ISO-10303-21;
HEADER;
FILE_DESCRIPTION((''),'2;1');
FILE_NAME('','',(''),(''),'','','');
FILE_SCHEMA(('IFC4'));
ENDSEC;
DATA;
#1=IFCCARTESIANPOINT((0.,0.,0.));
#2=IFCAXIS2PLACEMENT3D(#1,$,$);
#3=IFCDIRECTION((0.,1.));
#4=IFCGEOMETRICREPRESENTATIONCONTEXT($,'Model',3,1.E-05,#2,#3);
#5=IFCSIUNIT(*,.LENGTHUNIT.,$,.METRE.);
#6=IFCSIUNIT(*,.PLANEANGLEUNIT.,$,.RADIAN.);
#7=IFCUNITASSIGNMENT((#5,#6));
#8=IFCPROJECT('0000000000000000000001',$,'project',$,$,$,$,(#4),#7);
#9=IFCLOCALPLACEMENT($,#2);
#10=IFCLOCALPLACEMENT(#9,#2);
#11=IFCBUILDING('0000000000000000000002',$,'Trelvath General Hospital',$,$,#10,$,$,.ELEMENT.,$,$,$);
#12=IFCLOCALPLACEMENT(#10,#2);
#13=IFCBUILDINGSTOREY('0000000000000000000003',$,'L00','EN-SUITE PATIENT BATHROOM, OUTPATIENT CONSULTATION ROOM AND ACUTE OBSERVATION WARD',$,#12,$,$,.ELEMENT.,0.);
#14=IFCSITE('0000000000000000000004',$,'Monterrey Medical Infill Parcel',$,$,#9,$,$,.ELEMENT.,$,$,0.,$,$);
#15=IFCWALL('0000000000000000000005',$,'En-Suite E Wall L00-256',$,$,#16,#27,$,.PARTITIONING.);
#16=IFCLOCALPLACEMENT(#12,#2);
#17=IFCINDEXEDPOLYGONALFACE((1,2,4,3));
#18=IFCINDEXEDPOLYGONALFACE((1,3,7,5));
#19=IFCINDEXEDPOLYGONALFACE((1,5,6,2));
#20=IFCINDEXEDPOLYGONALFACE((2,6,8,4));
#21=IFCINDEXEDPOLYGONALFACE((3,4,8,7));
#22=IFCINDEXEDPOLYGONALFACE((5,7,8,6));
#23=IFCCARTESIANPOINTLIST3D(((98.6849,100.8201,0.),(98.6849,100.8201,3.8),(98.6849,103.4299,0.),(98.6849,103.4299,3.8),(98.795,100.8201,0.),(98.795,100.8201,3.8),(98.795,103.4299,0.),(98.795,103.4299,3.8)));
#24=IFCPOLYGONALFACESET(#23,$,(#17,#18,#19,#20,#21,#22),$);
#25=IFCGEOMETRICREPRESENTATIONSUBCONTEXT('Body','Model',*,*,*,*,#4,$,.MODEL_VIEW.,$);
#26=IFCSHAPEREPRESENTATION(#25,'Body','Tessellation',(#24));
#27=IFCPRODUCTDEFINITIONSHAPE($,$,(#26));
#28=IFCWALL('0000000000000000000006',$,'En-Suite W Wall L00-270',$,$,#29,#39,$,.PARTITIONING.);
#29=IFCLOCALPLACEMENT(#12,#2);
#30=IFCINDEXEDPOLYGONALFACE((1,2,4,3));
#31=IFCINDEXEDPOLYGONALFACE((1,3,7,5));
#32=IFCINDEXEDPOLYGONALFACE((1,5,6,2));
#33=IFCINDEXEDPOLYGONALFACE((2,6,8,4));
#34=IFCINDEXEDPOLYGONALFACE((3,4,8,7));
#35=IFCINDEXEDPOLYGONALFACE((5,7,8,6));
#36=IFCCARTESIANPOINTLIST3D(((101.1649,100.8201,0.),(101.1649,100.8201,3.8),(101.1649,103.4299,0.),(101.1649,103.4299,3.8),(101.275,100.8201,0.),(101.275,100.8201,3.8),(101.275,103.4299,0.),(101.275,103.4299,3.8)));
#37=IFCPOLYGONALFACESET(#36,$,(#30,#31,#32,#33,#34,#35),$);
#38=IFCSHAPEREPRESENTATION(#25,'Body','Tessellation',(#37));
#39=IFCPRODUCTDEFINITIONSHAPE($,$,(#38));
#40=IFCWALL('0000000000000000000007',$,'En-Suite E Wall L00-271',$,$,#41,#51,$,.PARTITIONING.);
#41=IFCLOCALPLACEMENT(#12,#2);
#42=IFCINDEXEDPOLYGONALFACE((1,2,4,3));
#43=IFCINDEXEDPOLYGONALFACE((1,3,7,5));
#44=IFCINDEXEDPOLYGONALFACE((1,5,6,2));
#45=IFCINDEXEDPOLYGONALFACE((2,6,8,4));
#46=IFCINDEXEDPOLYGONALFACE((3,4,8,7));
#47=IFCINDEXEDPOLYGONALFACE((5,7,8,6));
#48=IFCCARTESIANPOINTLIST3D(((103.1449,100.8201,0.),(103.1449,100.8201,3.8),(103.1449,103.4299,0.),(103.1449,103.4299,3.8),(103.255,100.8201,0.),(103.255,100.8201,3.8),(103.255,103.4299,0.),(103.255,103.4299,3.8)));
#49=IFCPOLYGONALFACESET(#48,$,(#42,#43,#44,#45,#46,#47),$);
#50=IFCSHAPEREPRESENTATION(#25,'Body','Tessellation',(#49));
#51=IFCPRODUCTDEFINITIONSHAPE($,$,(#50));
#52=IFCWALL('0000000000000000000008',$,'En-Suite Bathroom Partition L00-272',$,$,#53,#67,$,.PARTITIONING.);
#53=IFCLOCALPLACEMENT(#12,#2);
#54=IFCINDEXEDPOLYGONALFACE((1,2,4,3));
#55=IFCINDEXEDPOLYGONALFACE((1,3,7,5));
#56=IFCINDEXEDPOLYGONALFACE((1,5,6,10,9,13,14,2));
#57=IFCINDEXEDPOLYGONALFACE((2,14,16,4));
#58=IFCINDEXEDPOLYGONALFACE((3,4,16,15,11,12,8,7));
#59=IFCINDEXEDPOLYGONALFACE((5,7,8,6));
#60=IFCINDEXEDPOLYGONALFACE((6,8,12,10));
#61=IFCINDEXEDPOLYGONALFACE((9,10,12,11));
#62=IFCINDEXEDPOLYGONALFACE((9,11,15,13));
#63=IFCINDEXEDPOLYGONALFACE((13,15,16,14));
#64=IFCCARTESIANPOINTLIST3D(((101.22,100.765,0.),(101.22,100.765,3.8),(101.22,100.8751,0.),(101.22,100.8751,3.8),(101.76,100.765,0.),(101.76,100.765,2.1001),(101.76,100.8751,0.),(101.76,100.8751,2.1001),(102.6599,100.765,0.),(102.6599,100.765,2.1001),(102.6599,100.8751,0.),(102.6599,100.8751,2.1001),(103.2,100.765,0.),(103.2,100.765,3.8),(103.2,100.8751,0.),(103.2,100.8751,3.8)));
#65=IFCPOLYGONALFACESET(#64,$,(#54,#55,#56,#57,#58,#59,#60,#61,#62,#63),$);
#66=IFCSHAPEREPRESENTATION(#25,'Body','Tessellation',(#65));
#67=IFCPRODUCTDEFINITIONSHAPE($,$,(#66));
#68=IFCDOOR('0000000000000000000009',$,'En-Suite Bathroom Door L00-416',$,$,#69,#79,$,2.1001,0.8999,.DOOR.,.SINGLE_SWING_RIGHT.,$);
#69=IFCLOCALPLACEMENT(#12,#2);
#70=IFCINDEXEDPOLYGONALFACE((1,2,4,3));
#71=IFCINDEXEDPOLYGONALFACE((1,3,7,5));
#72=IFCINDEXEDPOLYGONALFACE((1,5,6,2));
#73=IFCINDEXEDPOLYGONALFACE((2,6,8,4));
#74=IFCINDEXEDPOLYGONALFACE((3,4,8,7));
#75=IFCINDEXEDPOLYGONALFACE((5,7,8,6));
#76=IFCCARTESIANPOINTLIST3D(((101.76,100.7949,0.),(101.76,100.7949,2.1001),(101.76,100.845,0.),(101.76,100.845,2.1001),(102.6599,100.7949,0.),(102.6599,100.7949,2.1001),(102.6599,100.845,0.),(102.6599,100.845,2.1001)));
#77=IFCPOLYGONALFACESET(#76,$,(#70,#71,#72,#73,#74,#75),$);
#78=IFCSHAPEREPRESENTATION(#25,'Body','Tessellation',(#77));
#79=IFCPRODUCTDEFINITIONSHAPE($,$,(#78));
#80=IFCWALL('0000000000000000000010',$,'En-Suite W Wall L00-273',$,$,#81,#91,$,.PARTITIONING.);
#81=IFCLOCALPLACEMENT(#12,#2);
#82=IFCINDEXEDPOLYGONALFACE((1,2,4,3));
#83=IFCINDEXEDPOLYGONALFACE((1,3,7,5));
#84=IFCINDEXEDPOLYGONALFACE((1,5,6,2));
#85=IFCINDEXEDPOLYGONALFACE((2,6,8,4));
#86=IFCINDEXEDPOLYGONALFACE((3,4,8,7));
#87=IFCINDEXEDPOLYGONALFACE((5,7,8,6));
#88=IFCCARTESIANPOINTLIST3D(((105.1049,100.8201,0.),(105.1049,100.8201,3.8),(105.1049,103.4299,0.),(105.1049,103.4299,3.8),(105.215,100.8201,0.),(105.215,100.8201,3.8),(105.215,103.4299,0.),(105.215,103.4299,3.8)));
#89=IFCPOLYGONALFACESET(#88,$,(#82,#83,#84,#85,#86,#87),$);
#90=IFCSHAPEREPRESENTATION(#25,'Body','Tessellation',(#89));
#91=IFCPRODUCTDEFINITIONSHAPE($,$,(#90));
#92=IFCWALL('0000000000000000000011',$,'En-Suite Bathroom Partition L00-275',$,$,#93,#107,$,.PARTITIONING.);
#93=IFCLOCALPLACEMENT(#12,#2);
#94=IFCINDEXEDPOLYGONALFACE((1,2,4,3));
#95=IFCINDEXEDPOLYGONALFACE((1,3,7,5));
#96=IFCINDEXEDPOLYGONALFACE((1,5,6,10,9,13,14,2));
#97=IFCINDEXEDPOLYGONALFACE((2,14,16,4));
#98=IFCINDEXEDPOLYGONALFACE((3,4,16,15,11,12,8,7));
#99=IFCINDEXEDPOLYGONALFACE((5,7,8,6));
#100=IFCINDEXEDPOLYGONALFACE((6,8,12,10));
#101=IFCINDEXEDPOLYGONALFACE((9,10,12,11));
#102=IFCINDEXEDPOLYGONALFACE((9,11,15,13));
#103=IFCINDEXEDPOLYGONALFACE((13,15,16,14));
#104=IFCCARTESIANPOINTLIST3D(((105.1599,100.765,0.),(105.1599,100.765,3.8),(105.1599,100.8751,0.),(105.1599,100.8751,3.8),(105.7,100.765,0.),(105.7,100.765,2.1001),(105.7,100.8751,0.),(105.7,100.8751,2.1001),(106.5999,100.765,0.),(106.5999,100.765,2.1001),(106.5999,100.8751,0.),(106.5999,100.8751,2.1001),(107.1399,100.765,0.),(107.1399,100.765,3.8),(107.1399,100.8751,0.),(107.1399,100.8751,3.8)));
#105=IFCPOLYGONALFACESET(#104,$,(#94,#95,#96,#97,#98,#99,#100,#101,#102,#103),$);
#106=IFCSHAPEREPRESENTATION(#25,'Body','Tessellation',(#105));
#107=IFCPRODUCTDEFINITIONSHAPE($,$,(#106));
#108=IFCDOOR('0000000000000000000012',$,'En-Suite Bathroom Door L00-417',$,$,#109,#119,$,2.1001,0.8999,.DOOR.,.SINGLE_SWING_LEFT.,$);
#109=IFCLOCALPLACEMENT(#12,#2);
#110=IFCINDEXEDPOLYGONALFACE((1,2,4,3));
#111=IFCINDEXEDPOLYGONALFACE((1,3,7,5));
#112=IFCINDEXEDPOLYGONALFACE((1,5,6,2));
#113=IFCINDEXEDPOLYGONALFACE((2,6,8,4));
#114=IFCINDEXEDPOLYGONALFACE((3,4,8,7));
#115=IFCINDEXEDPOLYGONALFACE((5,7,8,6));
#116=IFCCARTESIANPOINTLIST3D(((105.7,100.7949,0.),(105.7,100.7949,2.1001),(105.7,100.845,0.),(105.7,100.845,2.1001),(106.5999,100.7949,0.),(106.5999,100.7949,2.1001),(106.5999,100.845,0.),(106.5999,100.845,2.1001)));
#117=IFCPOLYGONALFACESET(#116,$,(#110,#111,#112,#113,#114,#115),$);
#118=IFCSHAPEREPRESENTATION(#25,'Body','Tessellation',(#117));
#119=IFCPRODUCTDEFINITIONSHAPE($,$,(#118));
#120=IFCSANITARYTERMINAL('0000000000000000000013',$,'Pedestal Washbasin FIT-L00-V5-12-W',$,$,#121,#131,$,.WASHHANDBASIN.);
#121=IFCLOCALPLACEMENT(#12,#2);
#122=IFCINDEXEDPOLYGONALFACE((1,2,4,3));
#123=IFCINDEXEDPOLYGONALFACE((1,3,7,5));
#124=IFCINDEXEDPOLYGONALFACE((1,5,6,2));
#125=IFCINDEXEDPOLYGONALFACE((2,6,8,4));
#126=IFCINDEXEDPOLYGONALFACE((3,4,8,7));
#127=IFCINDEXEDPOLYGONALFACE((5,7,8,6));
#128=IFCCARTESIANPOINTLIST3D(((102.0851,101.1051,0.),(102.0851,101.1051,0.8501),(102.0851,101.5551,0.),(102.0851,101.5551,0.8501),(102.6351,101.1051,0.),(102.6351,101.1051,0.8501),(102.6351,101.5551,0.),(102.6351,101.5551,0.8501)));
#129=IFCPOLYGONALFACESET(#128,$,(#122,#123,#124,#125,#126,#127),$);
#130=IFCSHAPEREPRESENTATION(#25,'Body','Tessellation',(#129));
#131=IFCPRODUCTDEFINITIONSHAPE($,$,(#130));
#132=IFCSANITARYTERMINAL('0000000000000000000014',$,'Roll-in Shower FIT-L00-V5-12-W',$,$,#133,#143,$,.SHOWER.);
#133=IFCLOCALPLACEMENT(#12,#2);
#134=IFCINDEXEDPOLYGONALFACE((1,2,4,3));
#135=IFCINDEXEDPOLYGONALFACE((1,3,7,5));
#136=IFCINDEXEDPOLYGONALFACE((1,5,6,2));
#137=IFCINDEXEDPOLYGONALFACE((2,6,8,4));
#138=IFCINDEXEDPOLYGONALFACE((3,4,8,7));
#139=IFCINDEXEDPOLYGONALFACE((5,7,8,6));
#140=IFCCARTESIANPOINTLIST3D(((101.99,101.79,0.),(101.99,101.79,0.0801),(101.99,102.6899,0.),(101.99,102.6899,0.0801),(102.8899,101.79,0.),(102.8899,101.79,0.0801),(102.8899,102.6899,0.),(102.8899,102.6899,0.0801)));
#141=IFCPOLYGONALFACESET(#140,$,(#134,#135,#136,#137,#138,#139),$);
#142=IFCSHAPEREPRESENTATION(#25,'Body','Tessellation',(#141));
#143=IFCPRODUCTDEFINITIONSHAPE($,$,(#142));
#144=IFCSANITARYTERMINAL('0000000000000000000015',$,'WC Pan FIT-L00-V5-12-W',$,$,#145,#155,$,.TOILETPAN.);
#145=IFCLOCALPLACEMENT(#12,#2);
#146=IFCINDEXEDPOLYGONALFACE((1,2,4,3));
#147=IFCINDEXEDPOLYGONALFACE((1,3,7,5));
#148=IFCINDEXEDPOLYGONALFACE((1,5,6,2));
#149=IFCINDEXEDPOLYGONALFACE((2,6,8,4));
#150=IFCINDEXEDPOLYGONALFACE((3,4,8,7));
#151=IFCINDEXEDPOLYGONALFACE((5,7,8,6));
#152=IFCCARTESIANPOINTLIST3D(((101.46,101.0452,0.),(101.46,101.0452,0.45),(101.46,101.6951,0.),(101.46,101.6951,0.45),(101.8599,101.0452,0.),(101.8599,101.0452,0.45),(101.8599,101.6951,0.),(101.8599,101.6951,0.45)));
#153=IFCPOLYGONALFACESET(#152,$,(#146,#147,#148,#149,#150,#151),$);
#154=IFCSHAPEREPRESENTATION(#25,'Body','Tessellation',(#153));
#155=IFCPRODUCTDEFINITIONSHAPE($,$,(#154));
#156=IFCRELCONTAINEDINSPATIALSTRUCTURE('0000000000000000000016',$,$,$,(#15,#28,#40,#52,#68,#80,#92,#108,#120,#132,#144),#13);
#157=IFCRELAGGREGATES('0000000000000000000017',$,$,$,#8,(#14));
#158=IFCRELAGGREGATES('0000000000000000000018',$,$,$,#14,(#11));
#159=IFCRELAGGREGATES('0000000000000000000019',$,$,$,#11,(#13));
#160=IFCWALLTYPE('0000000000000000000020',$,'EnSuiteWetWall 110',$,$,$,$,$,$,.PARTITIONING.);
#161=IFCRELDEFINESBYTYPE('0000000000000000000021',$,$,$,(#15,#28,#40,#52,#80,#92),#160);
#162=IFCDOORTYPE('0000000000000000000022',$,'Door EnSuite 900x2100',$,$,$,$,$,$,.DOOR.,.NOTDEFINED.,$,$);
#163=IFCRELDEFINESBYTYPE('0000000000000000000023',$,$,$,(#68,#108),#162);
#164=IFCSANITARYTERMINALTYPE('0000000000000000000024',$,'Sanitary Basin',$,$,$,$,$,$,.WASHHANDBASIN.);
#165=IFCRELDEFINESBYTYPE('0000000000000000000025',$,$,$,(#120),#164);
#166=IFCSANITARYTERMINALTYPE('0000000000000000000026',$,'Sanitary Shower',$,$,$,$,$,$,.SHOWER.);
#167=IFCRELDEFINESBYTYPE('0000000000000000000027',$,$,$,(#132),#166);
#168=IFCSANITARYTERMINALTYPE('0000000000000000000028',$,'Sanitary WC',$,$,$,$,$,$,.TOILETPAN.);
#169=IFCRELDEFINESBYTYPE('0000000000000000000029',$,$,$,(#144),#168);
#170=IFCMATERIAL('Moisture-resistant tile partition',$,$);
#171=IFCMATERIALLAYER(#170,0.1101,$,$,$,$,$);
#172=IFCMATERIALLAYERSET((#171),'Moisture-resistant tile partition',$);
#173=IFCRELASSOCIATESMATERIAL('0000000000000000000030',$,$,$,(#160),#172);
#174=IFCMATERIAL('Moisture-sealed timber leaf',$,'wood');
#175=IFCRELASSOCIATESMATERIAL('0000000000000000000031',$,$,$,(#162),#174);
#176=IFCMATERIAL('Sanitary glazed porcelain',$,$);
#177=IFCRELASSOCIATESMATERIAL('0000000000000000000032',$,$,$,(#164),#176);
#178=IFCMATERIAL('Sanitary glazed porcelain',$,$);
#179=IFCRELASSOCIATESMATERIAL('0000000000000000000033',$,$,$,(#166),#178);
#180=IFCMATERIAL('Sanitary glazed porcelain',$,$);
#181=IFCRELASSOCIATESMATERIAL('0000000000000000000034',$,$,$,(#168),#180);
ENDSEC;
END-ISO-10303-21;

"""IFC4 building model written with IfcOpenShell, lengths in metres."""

from ifc_helpers import new_model, si_unit, direction, frame, frame_2d, origin, origin_2d, place, context, subcontext, project, spatial, rectangle, extrude, material, layer, layer_set, type_object, element, fill, save


model = new_model("IFC4")

# Units and contexts
model_context = context("Model", 3, precision=1e-05, world=origin(), true_north=direction((0.0, 1.0)))
body_context = subcontext(model_context, "Body", "Model", "MODEL_VIEW")
ifc_project = project(units=[si_unit("LENGTHUNIT", "METRE"), si_unit("PLANEANGLEUNIT", "RADIAN")], contexts=[model_context])

# Site, building, storey
site_placement = place(None, origin())
site = spatial("IfcSite", under=ifc_project, at=site_placement, Name="Monterrey Medical Infill Parcel", CompositionType="ELEMENT", RefElevation=0.0)
building_placement = place(site_placement, origin())
building = spatial("IfcBuilding", under=site, at=building_placement, Name="Trelvath General Hospital", CompositionType="ELEMENT")
storey_placement = place(building_placement, origin())
storey = spatial("IfcBuildingStorey", under=building, at=storey_placement, Name="L00", Description="EN-SUITE PATIENT BATHROOM, OUTPATIENT CONSULTATION ROOM AND ACUTE OBSERVATION WARD", CompositionType="ELEMENT", Elevation=0.0)

# Walls
ifc_material_1 = material(Name="Moisture-resistant tile partition")
ifc_layer_1 = layer(ifc_material_1, 0.1101)
ifc_layer_set_1 = layer_set([ifc_layer_1], Name="Moisture-resistant tile partition")
wall_type = type_object("IfcWallType", Name="EnSuiteWetWall 110", PredefinedType="PARTITIONING", material=ifc_layer_set_1)
for number, where, z_axis, x_axis, name in (
    (1, (98.74, 100.8201, 0.0), (0.0, 0.0, 1.0), (0.0, 1.0, 0.0), "En-Suite E Wall L00-256"),
    (2, (101.22, 100.8201, 0.0), (0.0, 0.0, 1.0), (0.0, 1.0, 0.0), "En-Suite W Wall L00-270"),
    (3, (103.2, 100.8201, 0.0), (0.0, 0.0, 1.0), (0.0, 1.0, 0.0), "En-Suite E Wall L00-271"),
):
    element("IfcWall", number, at=place(storey_placement, frame(where, z_axis=z_axis, x_axis=x_axis)), inside=storey, type_object=wall_type, Name=name, PredefinedType="PARTITIONING", context=body_context, shape_type="SweptSolid", body=[
        extrude(rectangle(XDim=2.6099, YDim=0.1101, at=frame_2d((1.3049, 0.0))), origin(), (0.0, 0.0, 1.0), 3.8),
    ])

# Wall, opening, door
wall_1_placement = place(storey_placement, frame((101.22, 100.8201, 0.0), z_axis=(0.0, 0.0, 1.0), x_axis=(1.0, 0.0, 0.0)))
wall_1 = element("IfcWall", 4, at=wall_1_placement, inside=storey, type_object=wall_type, Name="En-Suite Bathroom Partition L00-272", PredefinedType="PARTITIONING", context=body_context, shape_type="SweptSolid", body=[
    extrude(rectangle(XDim=1.98, YDim=0.1101, at=frame_2d((0.99, 0.0))), origin(), (0.0, 0.0, 1.0), 3.8),
])
opening_1_placement = place(wall_1_placement, frame((0.54, 0.0, 0.0)))
opening_1 = element("IfcOpeningElement", 5, at=opening_1_placement, cuts=wall_1, PredefinedType="OPENING", context=body_context, shape_type="SweptSolid", body=[
    extrude(rectangle(XDim=0.8999, YDim=2.1001, at=frame_2d((0.45, 1.05))), frame((0.0, 0.0649, 0.0), z_axis=(0.0, -1.0, 0.0), x_axis=(1.0, 0.0, 0.0)), (0.0, 0.0, 1.0), 0.1301),
])
ifc_material_2 = material(Name="Moisture-sealed timber leaf", Category="wood")
door_type = type_object("IfcDoorType", Name="Door EnSuite 900x2100", OperationType="NOTDEFINED", PredefinedType="DOOR", material=ifc_material_2)
door_1_placement = place(opening_1_placement, origin())
door_1 = element("IfcDoor", 6, at=door_1_placement, inside=storey, type_object=door_type, Name="En-Suite Bathroom Door L00-416", OperationType="SINGLE_SWING_RIGHT", OverallHeight=2.1001, OverallWidth=0.8999, PredefinedType="DOOR", context=body_context, shape_type="SweptSolid", body=[
    extrude(rectangle(XDim=0.8999, YDim=2.1001, at=frame_2d((0.45, 1.05))), frame((0.0, 0.0249, 0.0), z_axis=(0.0, -1.0, 0.0), x_axis=(1.0, 0.0, 0.0)), (0.0, 0.0, 1.0), 0.05),
])
fill(opening_1, door_1)

# Wall
wall_2_placement = place(storey_placement, frame((105.1599, 100.8201, 0.0), z_axis=(0.0, 0.0, 1.0), x_axis=(0.0, 1.0, 0.0)))
element("IfcWall", 7, at=wall_2_placement, inside=storey, type_object=wall_type, Name="En-Suite W Wall L00-273", PredefinedType="PARTITIONING", context=body_context, shape_type="SweptSolid", body=[
    extrude(rectangle(XDim=2.6099, YDim=0.1101, at=frame_2d((1.3049, 0.0))), origin(), (0.0, 0.0, 1.0), 3.8),
])

# Wall, opening, door
wall_3_placement = place(storey_placement, frame((105.1599, 100.8201, 0.0), z_axis=(0.0, 0.0, 1.0), x_axis=(1.0, 0.0, 0.0)))
wall_3 = element("IfcWall", 8, at=wall_3_placement, inside=storey, type_object=wall_type, Name="En-Suite Bathroom Partition L00-275", PredefinedType="PARTITIONING", context=body_context, shape_type="SweptSolid", body=[
    extrude(rectangle(XDim=1.98, YDim=0.1101, at=frame_2d((0.99, 0.0))), origin(), (0.0, 0.0, 1.0), 3.8),
])
opening_2_placement = place(wall_3_placement, frame((0.54, 0.0, 0.0)))
opening_2 = element("IfcOpeningElement", 9, at=opening_2_placement, cuts=wall_3, PredefinedType="OPENING", context=body_context, shape_type="SweptSolid", body=[
    extrude(rectangle(XDim=0.8999, YDim=2.1001, at=frame_2d((0.45, 1.05))), frame((0.0, 0.0649, 0.0), z_axis=(0.0, -1.0, 0.0), x_axis=(1.0, 0.0, 0.0)), (0.0, 0.0, 1.0), 0.1301),
])
door_2_placement = place(opening_2_placement, origin())
door_2 = element("IfcDoor", 10, at=door_2_placement, inside=storey, type_object=door_type, Name="En-Suite Bathroom Door L00-417", OperationType="SINGLE_SWING_LEFT", OverallHeight=2.1001, OverallWidth=0.8999, PredefinedType="DOOR", context=body_context, shape_type="SweptSolid", body=[
    extrude(rectangle(XDim=0.8999, YDim=2.1001, at=frame_2d((0.45, 1.05))), frame((0.0, 0.0249, 0.0), z_axis=(0.0, -1.0, 0.0), x_axis=(1.0, 0.0, 0.0)), (0.0, 0.0, 1.0), 0.05),
])
fill(opening_2, door_2)

# Sanitary terminals
ifc_material_3 = material(Name="Sanitary glazed porcelain")
sanitary_terminal_type_1 = type_object("IfcSanitaryTerminalType", Name="Sanitary Basin", PredefinedType="WASHHANDBASIN", material=ifc_material_3)
sanitary_terminal_1_placement = place(storey_placement, frame((102.3601, 101.3301, 0.0), z_axis=(0.0, 0.0, 1.0), x_axis=(1.0, 0.0, 0.0)))
element("IfcSanitaryTerminal", 11, at=sanitary_terminal_1_placement, inside=storey, type_object=sanitary_terminal_type_1, Name="Pedestal Washbasin FIT-L00-V5-12-W", PredefinedType="WASHHANDBASIN", context=body_context, shape_type="SweptSolid", body=[
    extrude(rectangle(XDim=0.55, YDim=0.45, at=origin_2d()), origin(), (0.0, 0.0, 1.0), 0.8501),
])
ifc_material_4 = material(Name="Sanitary glazed porcelain")
sanitary_terminal_type_2 = type_object("IfcSanitaryTerminalType", Name="Sanitary Shower", PredefinedType="SHOWER", material=ifc_material_4)
sanitary_terminal_2_placement = place(storey_placement, frame((102.4399, 102.24, 0.0), z_axis=(0.0, 0.0, 1.0), x_axis=(1.0, 0.0, 0.0)))
element("IfcSanitaryTerminal", 12, at=sanitary_terminal_2_placement, inside=storey, type_object=sanitary_terminal_type_2, Name="Roll-in Shower FIT-L00-V5-12-W", PredefinedType="SHOWER", context=body_context, shape_type="SweptSolid", body=[
    extrude(rectangle(XDim=0.8999, YDim=0.8999, at=origin_2d()), origin(), (0.0, 0.0, 1.0), 0.0801),
])
ifc_material_5 = material(Name="Sanitary glazed porcelain")
sanitary_terminal_type_3 = type_object("IfcSanitaryTerminalType", Name="Sanitary WC", PredefinedType="TOILETPAN", material=ifc_material_5)
sanitary_terminal_3_placement = place(storey_placement, frame((101.6599, 101.3701, 0.0), z_axis=(0.0, 0.0, 1.0), x_axis=(1.0, 0.0, 0.0)))
element("IfcSanitaryTerminal", 13, at=sanitary_terminal_3_placement, inside=storey, type_object=sanitary_terminal_type_3, Name="WC Pan FIT-L00-V5-12-W", PredefinedType="TOILETPAN", context=body_context, shape_type="SweptSolid", body=[
    extrude(rectangle(XDim=0.3999, YDim=0.6499, at=origin_2d()), origin(), (0.0, 0.0, 1.0), 0.45),
])

save(model, "model.ifc")
